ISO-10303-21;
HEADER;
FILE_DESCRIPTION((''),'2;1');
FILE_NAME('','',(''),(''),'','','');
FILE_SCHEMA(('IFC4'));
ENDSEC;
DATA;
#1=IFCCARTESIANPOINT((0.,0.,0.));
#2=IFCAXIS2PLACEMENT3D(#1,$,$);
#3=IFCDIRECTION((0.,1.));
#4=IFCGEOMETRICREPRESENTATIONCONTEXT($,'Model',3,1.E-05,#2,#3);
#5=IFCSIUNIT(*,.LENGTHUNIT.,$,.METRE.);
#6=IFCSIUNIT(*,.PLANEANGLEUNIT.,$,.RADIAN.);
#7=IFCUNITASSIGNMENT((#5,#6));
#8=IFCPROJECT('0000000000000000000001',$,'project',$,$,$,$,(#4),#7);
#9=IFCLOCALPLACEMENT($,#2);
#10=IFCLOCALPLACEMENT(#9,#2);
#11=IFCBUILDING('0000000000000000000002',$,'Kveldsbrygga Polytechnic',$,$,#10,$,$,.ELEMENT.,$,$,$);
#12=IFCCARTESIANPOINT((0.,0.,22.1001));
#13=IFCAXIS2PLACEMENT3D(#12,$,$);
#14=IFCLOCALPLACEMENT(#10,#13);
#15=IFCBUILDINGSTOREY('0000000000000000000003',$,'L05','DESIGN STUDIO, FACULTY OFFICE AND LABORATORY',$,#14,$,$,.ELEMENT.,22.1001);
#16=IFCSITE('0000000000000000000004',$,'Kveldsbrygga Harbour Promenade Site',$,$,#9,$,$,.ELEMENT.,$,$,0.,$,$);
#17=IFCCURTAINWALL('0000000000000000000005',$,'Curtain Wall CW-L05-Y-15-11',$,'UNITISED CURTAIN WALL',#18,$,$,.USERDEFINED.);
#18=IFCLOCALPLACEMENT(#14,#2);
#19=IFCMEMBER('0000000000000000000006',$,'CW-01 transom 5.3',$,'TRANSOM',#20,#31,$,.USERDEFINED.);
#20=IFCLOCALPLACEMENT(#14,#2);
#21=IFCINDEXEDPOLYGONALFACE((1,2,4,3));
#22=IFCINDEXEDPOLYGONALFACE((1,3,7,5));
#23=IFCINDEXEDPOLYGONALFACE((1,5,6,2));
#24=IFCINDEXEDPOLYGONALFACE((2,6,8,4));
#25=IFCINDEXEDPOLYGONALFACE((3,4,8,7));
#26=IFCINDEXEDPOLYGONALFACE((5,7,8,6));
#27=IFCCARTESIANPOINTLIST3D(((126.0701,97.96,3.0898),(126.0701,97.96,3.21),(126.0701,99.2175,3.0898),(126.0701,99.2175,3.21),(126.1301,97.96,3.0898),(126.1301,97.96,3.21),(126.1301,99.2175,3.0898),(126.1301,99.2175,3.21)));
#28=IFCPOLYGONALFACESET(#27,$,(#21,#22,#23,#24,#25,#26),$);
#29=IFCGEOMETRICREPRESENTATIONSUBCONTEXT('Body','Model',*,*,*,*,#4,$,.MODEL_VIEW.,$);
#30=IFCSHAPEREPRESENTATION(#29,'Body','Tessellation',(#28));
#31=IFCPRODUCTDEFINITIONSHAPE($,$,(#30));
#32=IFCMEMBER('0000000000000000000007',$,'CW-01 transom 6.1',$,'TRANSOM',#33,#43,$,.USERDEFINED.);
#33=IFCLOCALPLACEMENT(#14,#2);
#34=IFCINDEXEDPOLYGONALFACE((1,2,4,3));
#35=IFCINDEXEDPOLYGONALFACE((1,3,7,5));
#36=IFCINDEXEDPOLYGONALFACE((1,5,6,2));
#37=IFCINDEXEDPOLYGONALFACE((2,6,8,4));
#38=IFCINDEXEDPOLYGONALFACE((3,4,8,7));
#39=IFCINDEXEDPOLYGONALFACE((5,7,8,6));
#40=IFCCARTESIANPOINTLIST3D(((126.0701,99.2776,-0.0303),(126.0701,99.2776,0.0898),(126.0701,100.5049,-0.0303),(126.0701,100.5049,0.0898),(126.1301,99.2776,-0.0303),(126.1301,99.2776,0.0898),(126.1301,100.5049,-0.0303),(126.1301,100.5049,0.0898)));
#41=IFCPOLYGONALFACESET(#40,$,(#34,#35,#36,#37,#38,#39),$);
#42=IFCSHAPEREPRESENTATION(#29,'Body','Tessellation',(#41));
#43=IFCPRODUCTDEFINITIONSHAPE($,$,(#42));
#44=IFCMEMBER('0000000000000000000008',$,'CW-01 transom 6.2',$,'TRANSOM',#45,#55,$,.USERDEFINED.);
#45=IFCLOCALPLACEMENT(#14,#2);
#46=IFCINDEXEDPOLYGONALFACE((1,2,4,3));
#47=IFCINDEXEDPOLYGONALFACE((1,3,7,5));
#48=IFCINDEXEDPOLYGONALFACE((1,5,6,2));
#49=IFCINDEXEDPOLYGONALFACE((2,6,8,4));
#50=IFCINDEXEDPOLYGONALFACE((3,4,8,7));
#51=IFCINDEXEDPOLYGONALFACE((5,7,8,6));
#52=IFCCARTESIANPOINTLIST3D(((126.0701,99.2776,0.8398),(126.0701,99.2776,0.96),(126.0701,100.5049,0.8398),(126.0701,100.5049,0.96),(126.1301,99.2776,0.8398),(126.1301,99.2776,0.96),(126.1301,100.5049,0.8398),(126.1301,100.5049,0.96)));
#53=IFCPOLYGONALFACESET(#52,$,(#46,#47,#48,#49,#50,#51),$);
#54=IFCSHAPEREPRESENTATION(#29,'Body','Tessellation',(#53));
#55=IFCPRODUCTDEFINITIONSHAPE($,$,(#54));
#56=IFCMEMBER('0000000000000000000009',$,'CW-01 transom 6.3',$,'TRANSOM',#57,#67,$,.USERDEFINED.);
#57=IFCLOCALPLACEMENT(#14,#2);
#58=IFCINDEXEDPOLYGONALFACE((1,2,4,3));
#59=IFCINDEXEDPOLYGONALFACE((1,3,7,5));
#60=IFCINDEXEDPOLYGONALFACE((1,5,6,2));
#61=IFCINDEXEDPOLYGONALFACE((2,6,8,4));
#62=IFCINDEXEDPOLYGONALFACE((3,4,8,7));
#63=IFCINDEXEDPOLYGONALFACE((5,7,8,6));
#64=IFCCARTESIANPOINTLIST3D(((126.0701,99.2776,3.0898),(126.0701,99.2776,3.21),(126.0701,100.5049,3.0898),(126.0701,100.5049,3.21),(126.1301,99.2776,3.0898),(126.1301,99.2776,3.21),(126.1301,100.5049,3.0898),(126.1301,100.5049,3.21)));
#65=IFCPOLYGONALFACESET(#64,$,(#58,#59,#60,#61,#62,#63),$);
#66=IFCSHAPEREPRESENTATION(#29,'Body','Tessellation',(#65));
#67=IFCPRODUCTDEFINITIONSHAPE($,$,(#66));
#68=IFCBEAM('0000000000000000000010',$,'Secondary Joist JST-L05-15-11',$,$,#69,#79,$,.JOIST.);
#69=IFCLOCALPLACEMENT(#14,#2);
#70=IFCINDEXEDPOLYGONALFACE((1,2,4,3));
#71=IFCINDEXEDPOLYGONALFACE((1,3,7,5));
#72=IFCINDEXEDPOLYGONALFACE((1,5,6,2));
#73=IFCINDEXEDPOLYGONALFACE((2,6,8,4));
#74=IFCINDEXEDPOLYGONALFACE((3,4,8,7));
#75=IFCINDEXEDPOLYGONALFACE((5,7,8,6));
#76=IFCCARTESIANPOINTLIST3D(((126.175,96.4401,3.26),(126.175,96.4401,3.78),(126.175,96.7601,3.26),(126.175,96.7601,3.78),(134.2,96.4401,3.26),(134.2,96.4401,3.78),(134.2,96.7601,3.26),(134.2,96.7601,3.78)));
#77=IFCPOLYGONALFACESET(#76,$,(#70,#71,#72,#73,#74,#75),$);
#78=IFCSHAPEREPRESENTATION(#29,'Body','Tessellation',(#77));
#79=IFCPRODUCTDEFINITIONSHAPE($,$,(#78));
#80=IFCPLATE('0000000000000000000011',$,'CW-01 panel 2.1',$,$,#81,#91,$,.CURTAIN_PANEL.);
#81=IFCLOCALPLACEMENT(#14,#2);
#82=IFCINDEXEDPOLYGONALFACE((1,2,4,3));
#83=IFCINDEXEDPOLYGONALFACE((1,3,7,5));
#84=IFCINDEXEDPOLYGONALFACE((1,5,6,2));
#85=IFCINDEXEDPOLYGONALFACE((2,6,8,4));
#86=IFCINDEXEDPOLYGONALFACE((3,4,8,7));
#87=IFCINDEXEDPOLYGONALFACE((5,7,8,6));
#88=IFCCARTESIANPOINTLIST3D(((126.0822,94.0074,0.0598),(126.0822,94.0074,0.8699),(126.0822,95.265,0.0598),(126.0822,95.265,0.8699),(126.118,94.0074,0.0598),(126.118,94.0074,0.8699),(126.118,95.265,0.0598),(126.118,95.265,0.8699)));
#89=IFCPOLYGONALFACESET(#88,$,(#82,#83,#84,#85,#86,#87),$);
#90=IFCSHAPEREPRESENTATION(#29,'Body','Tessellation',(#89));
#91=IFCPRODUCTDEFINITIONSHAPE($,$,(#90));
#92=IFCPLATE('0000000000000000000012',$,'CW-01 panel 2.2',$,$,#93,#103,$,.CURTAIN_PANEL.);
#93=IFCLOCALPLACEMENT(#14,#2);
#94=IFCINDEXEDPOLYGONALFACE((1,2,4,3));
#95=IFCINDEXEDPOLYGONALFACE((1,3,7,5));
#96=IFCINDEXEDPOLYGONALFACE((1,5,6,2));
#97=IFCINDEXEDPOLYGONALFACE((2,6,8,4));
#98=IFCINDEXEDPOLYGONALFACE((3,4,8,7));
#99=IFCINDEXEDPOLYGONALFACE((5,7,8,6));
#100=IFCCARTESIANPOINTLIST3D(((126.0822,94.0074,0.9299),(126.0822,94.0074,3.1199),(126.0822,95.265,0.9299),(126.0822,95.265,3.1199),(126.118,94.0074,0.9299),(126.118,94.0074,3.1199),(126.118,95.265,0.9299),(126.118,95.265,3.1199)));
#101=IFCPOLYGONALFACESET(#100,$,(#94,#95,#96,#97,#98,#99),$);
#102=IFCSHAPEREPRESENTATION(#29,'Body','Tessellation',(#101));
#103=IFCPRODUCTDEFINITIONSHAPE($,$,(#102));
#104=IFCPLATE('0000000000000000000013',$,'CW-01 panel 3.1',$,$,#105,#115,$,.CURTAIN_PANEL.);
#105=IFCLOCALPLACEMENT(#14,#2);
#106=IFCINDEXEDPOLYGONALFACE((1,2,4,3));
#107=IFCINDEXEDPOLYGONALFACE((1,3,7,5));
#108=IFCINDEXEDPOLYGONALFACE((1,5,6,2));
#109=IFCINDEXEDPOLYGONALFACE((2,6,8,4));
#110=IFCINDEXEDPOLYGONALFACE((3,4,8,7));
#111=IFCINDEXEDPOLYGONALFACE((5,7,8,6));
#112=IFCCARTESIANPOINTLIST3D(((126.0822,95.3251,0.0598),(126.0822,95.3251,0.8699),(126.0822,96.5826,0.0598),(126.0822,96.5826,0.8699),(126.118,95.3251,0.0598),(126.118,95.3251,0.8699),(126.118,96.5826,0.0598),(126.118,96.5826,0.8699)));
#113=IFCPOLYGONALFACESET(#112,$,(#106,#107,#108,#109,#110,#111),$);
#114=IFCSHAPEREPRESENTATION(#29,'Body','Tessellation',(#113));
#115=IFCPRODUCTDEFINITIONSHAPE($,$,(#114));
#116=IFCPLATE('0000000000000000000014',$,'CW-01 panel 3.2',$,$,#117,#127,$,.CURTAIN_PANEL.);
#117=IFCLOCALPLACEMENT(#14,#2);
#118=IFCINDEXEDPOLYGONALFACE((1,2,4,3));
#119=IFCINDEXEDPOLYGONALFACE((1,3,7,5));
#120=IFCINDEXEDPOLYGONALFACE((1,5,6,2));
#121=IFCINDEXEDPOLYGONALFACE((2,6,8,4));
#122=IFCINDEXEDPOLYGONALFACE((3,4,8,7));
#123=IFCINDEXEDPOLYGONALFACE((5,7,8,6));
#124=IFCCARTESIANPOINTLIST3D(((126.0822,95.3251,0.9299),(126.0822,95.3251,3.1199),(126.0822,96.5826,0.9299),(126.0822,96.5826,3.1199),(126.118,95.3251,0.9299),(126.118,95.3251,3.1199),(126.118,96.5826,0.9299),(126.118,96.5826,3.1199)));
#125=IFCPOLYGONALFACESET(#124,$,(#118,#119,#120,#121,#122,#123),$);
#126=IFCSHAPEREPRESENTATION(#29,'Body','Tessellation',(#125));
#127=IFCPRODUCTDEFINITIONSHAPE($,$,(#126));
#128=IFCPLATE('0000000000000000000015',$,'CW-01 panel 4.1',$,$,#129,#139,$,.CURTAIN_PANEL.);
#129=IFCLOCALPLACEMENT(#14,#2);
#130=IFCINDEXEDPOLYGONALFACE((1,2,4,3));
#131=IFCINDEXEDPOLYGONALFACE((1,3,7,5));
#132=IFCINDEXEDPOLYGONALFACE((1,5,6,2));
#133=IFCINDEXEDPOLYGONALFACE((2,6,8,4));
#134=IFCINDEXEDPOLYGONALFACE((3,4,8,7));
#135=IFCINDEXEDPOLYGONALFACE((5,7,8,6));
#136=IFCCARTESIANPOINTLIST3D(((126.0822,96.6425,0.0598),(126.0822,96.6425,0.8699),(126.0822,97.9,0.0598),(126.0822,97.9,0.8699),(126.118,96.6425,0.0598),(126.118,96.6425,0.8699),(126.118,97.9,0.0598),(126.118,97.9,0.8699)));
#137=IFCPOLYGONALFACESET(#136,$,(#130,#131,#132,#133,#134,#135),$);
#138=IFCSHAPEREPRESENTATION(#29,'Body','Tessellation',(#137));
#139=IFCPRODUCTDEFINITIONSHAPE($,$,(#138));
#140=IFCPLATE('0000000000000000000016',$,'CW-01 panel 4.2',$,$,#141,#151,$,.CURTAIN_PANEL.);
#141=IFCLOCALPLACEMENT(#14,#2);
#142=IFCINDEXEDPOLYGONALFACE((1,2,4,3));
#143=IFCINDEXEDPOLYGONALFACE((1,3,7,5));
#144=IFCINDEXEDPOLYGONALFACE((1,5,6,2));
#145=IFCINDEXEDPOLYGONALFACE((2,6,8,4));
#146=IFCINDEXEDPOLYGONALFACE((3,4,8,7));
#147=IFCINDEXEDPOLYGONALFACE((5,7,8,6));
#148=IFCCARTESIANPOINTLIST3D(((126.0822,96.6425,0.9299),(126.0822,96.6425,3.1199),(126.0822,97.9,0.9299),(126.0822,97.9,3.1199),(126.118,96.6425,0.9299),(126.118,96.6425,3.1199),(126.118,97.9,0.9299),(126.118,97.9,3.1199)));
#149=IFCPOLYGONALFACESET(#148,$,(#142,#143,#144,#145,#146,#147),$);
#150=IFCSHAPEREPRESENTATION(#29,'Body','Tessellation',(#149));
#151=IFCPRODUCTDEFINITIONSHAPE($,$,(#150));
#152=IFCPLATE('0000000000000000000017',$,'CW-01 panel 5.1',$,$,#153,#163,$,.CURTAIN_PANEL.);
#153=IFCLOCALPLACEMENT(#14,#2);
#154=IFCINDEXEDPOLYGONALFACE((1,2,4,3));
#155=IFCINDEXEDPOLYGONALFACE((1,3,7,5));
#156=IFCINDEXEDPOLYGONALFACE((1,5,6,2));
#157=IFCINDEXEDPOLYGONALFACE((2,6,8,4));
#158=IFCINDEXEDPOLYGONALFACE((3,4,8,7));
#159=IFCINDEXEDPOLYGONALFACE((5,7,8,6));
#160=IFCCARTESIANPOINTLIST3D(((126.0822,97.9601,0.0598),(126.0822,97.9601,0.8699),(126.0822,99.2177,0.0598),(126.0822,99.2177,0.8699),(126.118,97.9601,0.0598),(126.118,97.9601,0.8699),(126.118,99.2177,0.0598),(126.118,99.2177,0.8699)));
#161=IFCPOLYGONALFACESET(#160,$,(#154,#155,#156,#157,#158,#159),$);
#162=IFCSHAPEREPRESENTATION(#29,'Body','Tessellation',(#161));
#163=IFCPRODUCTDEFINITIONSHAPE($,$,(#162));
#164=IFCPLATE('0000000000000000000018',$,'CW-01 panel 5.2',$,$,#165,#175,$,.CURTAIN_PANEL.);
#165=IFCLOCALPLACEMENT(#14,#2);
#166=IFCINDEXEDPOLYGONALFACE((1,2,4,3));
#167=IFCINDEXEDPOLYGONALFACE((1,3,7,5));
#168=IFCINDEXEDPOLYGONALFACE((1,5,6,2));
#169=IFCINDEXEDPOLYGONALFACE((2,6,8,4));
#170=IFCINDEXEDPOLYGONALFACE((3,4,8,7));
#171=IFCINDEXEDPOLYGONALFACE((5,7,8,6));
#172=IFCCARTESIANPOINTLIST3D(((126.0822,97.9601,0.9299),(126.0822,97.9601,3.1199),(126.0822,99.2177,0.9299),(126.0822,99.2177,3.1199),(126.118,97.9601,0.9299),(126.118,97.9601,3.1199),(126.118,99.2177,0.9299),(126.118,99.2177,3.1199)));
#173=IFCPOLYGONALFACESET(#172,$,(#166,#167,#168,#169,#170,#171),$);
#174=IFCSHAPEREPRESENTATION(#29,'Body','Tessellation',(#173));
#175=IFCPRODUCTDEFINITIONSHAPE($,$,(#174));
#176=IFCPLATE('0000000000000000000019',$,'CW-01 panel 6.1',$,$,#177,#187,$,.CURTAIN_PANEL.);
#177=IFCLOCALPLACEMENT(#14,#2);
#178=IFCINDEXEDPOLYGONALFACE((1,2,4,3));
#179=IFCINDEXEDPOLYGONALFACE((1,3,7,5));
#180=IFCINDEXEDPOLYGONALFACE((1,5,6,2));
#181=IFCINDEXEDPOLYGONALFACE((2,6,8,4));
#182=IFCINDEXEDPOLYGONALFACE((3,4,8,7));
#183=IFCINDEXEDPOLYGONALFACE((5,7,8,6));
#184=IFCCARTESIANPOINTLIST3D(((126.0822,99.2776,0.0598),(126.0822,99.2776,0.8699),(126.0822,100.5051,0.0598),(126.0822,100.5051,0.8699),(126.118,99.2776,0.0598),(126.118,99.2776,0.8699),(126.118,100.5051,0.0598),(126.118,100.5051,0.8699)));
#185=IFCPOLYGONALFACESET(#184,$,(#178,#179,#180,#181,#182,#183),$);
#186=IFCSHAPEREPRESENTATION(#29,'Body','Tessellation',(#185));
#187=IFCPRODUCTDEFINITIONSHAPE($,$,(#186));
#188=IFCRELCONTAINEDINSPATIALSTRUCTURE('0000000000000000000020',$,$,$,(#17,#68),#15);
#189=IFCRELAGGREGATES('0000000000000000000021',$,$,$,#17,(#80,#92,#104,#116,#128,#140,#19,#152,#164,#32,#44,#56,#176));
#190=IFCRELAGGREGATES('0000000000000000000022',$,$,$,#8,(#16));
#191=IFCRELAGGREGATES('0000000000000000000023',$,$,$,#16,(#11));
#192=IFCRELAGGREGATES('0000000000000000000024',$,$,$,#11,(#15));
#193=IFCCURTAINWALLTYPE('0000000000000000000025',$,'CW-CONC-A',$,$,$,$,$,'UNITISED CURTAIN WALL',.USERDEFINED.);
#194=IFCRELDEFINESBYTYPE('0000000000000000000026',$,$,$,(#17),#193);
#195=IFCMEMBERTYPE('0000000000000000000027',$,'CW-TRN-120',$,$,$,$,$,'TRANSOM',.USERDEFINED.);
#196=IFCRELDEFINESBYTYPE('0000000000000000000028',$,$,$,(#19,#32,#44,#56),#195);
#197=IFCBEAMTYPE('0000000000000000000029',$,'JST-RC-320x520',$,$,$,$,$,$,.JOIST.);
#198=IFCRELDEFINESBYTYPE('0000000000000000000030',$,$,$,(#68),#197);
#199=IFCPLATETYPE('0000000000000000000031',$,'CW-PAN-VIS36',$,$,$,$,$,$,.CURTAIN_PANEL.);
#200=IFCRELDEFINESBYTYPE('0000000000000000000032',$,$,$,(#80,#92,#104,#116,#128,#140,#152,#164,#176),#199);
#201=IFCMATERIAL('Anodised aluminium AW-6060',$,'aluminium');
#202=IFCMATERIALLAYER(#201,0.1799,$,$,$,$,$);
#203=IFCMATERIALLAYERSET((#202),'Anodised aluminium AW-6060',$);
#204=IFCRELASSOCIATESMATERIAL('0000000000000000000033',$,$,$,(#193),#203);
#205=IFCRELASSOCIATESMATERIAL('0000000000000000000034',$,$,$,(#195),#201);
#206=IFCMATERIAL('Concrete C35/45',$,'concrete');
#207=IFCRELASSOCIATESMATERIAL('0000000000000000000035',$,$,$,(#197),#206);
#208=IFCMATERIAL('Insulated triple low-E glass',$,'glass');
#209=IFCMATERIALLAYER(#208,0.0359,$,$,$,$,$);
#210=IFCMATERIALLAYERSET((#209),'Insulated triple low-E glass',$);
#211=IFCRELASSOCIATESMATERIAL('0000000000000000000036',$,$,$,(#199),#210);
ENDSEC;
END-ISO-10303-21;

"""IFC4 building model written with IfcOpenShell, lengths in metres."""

from ifc_helpers import new_model, si_unit, direction, frame, origin, origin_2d, place, context, subcontext, project, spatial, rectangle, extrude, material, layer, layer_set, material_profile, profile_set, type_object, element, aggregate, save


model = new_model("IFC4")

# Units and contexts
model_context = context("Model", 3, precision=1e-05, world=origin(), true_north=direction((0.0, 1.0)))
body_context = subcontext(model_context, "Body", "Model", "MODEL_VIEW")
ifc_project = project(units=[si_unit("LENGTHUNIT", "METRE"), si_unit("PLANEANGLEUNIT", "RADIAN")], contexts=[model_context])

# Site, building, storey
site_placement = place(None, origin())
site = spatial("IfcSite", under=ifc_project, at=site_placement, Name="Kveldsbrygga Harbour Promenade Site", CompositionType="ELEMENT", RefElevation=0.0)
building_placement = place(site_placement, origin())
building = spatial("IfcBuilding", under=site, at=building_placement, Name="Kveldsbrygga Polytechnic", CompositionType="ELEMENT")
storey_placement = place(building_placement, frame((0.0, 0.0, 22.1001)))
storey = spatial("IfcBuildingStorey", under=building, at=storey_placement, Name="L05", Description="DESIGN STUDIO, FACULTY OFFICE AND LABORATORY", CompositionType="ELEMENT", Elevation=22.1001)

# Curtain wall, members
ifc_material_1 = material(Name="Anodised aluminium AW-6060", Category="aluminium")
ifc_layer_1 = layer(ifc_material_1, 0.1799)
ifc_layer_set_1 = layer_set([ifc_layer_1], Name="Anodised aluminium AW-6060")
curtain_wall_type = type_object("IfcCurtainWallType", Name="CW-CONC-A", ElementType="UNITISED CURTAIN WALL", PredefinedType="USERDEFINED", material=ifc_layer_set_1)
curtain_wall_placement = place(storey_placement, origin())
curtain_wall = element("IfcCurtainWall", 1, at=curtain_wall_placement, inside=storey, type_object=curtain_wall_type, Name="Curtain Wall CW-L05-Y-15-11", ObjectType="UNITISED CURTAIN WALL", PredefinedType="USERDEFINED")
ifc_material_profile_1 = material_profile(ifc_material_1, rectangle(XDim=0.0601, YDim=0.1201, at=origin_2d()), Name="ALU 60x120")
ifc_profile_set_1 = profile_set([ifc_material_profile_1], Name="Anodised aluminium AW-6060")
member_type_1 = type_object("IfcMemberType", Name="CW-TRN-120", ElementType="TRANSOM", PredefinedType="USERDEFINED", material=ifc_profile_set_1)
member_1_placement = place(storey_placement, frame((126.1001, 97.96, 3.1499), z_axis=(0.0, 1.0, 0.0), x_axis=(-1.0, 0.0, 0.0)))
member_1 = element("IfcMember", 2, at=member_1_placement, type_object=member_type_1, Name="CW-01 transom 5.3", ObjectType="TRANSOM", PredefinedType="USERDEFINED", context=body_context, shape_type="SweptSolid", body=[
    extrude(rectangle(XDim=0.0601, YDim=0.1201, at=origin_2d()), origin(), (0.0, 0.0, 1.0), 1.2576),
])
member_2_placement = place(storey_placement, frame((126.1001, 99.2776, 0.0298), z_axis=(0.0, 1.0, 0.0), x_axis=(-1.0, 0.0, 0.0)))
member_2 = element("IfcMember", 3, at=member_2_placement, type_object=member_type_1, Name="CW-01 transom 6.1", ObjectType="TRANSOM", PredefinedType="USERDEFINED", context=body_context, shape_type="SweptSolid", body=[
    extrude(rectangle(XDim=0.0601, YDim=0.1201, at=origin_2d()), origin(), (0.0, 0.0, 1.0), 1.2273),
])
member_3_placement = place(storey_placement, frame((126.1001, 99.2776, 0.8999), z_axis=(0.0, 1.0, 0.0), x_axis=(-1.0, 0.0, 0.0)))
member_3 = element("IfcMember", 4, at=member_3_placement, type_object=member_type_1, Name="CW-01 transom 6.2", ObjectType="TRANSOM", PredefinedType="USERDEFINED", context=body_context, shape_type="SweptSolid", body=[
    extrude(rectangle(XDim=0.0601, YDim=0.1201, at=origin_2d()), origin(), (0.0, 0.0, 1.0), 1.2273),
])
member_4_placement = place(storey_placement, frame((126.1001, 99.2776, 3.1499), z_axis=(0.0, 1.0, 0.0), x_axis=(-1.0, 0.0, 0.0)))
member_4 = element("IfcMember", 5, at=member_4_placement, type_object=member_type_1, Name="CW-01 transom 6.3", ObjectType="TRANSOM", PredefinedType="USERDEFINED", context=body_context, shape_type="SweptSolid", body=[
    extrude(rectangle(XDim=0.0601, YDim=0.1201, at=origin_2d()), origin(), (0.0, 0.0, 1.0), 1.2273),
])

# Beam
ifc_material_2 = material(Name="Concrete C35/45", Category="concrete")
ifc_material_profile_2 = material_profile(ifc_material_2, rectangle(XDim=0.3201, YDim=0.52, at=origin_2d()), Name="RC 320x520")
ifc_profile_set_2 = profile_set([ifc_material_profile_2], Name="Concrete C35/45")
beam_type = type_object("IfcBeamType", Name="JST-RC-320x520", PredefinedType="JOIST", material=ifc_profile_set_2)
beam_placement = place(storey_placement, frame((126.175, 96.6001, 3.52), z_axis=(1.0, 0.0, 0.0), x_axis=(0.0, 1.0, 0.0)))
element("IfcBeam", 6, at=beam_placement, inside=storey, type_object=beam_type, Name="Secondary Joist JST-L05-15-11", PredefinedType="JOIST", context=body_context, shape_type="SweptSolid", body=[
    extrude(rectangle(XDim=0.3201, YDim=0.52, at=origin_2d()), origin(), (0.0, 0.0, 1.0), 8.0249),
])

# Plates
ifc_material_3 = material(Name="Insulated triple low-E glass", Category="glass")
ifc_layer_2 = layer(ifc_material_3, 0.0359)
ifc_layer_set_2 = layer_set([ifc_layer_2], Name="Insulated triple low-E glass")
plate_type = type_object("IfcPlateType", Name="CW-PAN-VIS36", PredefinedType="CURTAIN_PANEL", material=ifc_layer_set_2)
plate_1_placement = place(storey_placement, frame((126.1001, 94.6362, 0.0598), z_axis=(0.0, 0.0, 1.0), x_axis=(0.0, 1.0, 0.0)))
plate_1 = element("IfcPlate", 7, at=plate_1_placement, type_object=plate_type, Name="CW-01 panel 2.1", PredefinedType="CURTAIN_PANEL", context=body_context, shape_type="SweptSolid", body=[
    extrude(rectangle(XDim=1.2576, YDim=0.0359, at=origin_2d()), origin(), (0.0, 0.0, 1.0), 0.8101),
])
plate_2_placement = place(storey_placement, frame((126.1001, 94.6362, 0.9299), z_axis=(0.0, 0.0, 1.0), x_axis=(0.0, 1.0, 0.0)))
plate_2 = element("IfcPlate", 8, at=plate_2_placement, type_object=plate_type, Name="CW-01 panel 2.2", PredefinedType="CURTAIN_PANEL", context=body_context, shape_type="SweptSolid", body=[
    extrude(rectangle(XDim=1.2576, YDim=0.0359, at=origin_2d()), origin(), (0.0, 0.0, 1.0), 2.1899),
])
plate_3_placement = place(storey_placement, frame((126.1001, 95.9539, 0.0598), z_axis=(0.0, 0.0, 1.0), x_axis=(0.0, 1.0, 0.0)))
plate_3 = element("IfcPlate", 9, at=plate_3_placement, type_object=plate_type, Name="CW-01 panel 3.1", PredefinedType="CURTAIN_PANEL", context=body_context, shape_type="SweptSolid", body=[
    extrude(rectangle(XDim=1.2576, YDim=0.0359, at=origin_2d()), origin(), (0.0, 0.0, 1.0), 0.8101),
])
plate_4_placement = place(storey_placement, frame((126.1001, 95.9539, 0.9299), z_axis=(0.0, 0.0, 1.0), x_axis=(0.0, 1.0, 0.0)))
plate_4 = element("IfcPlate", 10, at=plate_4_placement, type_object=plate_type, Name="CW-01 panel 3.2", PredefinedType="CURTAIN_PANEL", context=body_context, shape_type="SweptSolid", body=[
    extrude(rectangle(XDim=1.2576, YDim=0.0359, at=origin_2d()), origin(), (0.0, 0.0, 1.0), 2.1899),
])
plate_5_placement = place(storey_placement, frame((126.1001, 97.2712, 0.0598), z_axis=(0.0, 0.0, 1.0), x_axis=(0.0, 1.0, 0.0)))
plate_5 = element("IfcPlate", 11, at=plate_5_placement, type_object=plate_type, Name="CW-01 panel 4.1", PredefinedType="CURTAIN_PANEL", context=body_context, shape_type="SweptSolid", body=[
    extrude(rectangle(XDim=1.2576, YDim=0.0359, at=origin_2d()), origin(), (0.0, 0.0, 1.0), 0.8101),
])
plate_6_placement = place(storey_placement, frame((126.1001, 97.2712, 0.9299), z_axis=(0.0, 0.0, 1.0), x_axis=(0.0, 1.0, 0.0)))
plate_6 = element("IfcPlate", 12, at=plate_6_placement, type_object=plate_type, Name="CW-01 panel 4.2", PredefinedType="CURTAIN_PANEL", context=body_context, shape_type="SweptSolid", body=[
    extrude(rectangle(XDim=1.2576, YDim=0.0359, at=origin_2d()), origin(), (0.0, 0.0, 1.0), 2.1899),
])
plate_7_placement = place(storey_placement, frame((126.1001, 98.5889, 0.0598), z_axis=(0.0, 0.0, 1.0), x_axis=(0.0, 1.0, 0.0)))
plate_7 = element("IfcPlate", 13, at=plate_7_placement, type_object=plate_type, Name="CW-01 panel 5.1", PredefinedType="CURTAIN_PANEL", context=body_context, shape_type="SweptSolid", body=[
    extrude(rectangle(XDim=1.2576, YDim=0.0359, at=origin_2d()), origin(), (0.0, 0.0, 1.0), 0.8101),
])
plate_8_placement = place(storey_placement, frame((126.1001, 98.5889, 0.9299), z_axis=(0.0, 0.0, 1.0), x_axis=(0.0, 1.0, 0.0)))
plate_8 = element("IfcPlate", 14, at=plate_8_placement, type_object=plate_type, Name="CW-01 panel 5.2", PredefinedType="CURTAIN_PANEL", context=body_context, shape_type="SweptSolid", body=[
    extrude(rectangle(XDim=1.2576, YDim=0.0359, at=origin_2d()), origin(), (0.0, 0.0, 1.0), 2.1899),
])
plate_9_placement = place(storey_placement, frame((126.1001, 99.8914, 0.0598), z_axis=(0.0, 0.0, 1.0), x_axis=(0.0, 1.0, 0.0)))
plate_9 = element("IfcPlate", 15, at=plate_9_placement, type_object=plate_type, Name="CW-01 panel 6.1", PredefinedType="CURTAIN_PANEL", context=body_context, shape_type="SweptSolid", body=[
    extrude(rectangle(XDim=1.2275, YDim=0.0359, at=origin_2d()), origin(), (0.0, 0.0, 1.0), 0.8101),
])
aggregate(curtain_wall, [plate_1, plate_2, plate_3, plate_4, plate_5, plate_6, member_1, plate_7, plate_8, member_2, member_3, member_4, plate_9])

save(model, "model.ifc")
